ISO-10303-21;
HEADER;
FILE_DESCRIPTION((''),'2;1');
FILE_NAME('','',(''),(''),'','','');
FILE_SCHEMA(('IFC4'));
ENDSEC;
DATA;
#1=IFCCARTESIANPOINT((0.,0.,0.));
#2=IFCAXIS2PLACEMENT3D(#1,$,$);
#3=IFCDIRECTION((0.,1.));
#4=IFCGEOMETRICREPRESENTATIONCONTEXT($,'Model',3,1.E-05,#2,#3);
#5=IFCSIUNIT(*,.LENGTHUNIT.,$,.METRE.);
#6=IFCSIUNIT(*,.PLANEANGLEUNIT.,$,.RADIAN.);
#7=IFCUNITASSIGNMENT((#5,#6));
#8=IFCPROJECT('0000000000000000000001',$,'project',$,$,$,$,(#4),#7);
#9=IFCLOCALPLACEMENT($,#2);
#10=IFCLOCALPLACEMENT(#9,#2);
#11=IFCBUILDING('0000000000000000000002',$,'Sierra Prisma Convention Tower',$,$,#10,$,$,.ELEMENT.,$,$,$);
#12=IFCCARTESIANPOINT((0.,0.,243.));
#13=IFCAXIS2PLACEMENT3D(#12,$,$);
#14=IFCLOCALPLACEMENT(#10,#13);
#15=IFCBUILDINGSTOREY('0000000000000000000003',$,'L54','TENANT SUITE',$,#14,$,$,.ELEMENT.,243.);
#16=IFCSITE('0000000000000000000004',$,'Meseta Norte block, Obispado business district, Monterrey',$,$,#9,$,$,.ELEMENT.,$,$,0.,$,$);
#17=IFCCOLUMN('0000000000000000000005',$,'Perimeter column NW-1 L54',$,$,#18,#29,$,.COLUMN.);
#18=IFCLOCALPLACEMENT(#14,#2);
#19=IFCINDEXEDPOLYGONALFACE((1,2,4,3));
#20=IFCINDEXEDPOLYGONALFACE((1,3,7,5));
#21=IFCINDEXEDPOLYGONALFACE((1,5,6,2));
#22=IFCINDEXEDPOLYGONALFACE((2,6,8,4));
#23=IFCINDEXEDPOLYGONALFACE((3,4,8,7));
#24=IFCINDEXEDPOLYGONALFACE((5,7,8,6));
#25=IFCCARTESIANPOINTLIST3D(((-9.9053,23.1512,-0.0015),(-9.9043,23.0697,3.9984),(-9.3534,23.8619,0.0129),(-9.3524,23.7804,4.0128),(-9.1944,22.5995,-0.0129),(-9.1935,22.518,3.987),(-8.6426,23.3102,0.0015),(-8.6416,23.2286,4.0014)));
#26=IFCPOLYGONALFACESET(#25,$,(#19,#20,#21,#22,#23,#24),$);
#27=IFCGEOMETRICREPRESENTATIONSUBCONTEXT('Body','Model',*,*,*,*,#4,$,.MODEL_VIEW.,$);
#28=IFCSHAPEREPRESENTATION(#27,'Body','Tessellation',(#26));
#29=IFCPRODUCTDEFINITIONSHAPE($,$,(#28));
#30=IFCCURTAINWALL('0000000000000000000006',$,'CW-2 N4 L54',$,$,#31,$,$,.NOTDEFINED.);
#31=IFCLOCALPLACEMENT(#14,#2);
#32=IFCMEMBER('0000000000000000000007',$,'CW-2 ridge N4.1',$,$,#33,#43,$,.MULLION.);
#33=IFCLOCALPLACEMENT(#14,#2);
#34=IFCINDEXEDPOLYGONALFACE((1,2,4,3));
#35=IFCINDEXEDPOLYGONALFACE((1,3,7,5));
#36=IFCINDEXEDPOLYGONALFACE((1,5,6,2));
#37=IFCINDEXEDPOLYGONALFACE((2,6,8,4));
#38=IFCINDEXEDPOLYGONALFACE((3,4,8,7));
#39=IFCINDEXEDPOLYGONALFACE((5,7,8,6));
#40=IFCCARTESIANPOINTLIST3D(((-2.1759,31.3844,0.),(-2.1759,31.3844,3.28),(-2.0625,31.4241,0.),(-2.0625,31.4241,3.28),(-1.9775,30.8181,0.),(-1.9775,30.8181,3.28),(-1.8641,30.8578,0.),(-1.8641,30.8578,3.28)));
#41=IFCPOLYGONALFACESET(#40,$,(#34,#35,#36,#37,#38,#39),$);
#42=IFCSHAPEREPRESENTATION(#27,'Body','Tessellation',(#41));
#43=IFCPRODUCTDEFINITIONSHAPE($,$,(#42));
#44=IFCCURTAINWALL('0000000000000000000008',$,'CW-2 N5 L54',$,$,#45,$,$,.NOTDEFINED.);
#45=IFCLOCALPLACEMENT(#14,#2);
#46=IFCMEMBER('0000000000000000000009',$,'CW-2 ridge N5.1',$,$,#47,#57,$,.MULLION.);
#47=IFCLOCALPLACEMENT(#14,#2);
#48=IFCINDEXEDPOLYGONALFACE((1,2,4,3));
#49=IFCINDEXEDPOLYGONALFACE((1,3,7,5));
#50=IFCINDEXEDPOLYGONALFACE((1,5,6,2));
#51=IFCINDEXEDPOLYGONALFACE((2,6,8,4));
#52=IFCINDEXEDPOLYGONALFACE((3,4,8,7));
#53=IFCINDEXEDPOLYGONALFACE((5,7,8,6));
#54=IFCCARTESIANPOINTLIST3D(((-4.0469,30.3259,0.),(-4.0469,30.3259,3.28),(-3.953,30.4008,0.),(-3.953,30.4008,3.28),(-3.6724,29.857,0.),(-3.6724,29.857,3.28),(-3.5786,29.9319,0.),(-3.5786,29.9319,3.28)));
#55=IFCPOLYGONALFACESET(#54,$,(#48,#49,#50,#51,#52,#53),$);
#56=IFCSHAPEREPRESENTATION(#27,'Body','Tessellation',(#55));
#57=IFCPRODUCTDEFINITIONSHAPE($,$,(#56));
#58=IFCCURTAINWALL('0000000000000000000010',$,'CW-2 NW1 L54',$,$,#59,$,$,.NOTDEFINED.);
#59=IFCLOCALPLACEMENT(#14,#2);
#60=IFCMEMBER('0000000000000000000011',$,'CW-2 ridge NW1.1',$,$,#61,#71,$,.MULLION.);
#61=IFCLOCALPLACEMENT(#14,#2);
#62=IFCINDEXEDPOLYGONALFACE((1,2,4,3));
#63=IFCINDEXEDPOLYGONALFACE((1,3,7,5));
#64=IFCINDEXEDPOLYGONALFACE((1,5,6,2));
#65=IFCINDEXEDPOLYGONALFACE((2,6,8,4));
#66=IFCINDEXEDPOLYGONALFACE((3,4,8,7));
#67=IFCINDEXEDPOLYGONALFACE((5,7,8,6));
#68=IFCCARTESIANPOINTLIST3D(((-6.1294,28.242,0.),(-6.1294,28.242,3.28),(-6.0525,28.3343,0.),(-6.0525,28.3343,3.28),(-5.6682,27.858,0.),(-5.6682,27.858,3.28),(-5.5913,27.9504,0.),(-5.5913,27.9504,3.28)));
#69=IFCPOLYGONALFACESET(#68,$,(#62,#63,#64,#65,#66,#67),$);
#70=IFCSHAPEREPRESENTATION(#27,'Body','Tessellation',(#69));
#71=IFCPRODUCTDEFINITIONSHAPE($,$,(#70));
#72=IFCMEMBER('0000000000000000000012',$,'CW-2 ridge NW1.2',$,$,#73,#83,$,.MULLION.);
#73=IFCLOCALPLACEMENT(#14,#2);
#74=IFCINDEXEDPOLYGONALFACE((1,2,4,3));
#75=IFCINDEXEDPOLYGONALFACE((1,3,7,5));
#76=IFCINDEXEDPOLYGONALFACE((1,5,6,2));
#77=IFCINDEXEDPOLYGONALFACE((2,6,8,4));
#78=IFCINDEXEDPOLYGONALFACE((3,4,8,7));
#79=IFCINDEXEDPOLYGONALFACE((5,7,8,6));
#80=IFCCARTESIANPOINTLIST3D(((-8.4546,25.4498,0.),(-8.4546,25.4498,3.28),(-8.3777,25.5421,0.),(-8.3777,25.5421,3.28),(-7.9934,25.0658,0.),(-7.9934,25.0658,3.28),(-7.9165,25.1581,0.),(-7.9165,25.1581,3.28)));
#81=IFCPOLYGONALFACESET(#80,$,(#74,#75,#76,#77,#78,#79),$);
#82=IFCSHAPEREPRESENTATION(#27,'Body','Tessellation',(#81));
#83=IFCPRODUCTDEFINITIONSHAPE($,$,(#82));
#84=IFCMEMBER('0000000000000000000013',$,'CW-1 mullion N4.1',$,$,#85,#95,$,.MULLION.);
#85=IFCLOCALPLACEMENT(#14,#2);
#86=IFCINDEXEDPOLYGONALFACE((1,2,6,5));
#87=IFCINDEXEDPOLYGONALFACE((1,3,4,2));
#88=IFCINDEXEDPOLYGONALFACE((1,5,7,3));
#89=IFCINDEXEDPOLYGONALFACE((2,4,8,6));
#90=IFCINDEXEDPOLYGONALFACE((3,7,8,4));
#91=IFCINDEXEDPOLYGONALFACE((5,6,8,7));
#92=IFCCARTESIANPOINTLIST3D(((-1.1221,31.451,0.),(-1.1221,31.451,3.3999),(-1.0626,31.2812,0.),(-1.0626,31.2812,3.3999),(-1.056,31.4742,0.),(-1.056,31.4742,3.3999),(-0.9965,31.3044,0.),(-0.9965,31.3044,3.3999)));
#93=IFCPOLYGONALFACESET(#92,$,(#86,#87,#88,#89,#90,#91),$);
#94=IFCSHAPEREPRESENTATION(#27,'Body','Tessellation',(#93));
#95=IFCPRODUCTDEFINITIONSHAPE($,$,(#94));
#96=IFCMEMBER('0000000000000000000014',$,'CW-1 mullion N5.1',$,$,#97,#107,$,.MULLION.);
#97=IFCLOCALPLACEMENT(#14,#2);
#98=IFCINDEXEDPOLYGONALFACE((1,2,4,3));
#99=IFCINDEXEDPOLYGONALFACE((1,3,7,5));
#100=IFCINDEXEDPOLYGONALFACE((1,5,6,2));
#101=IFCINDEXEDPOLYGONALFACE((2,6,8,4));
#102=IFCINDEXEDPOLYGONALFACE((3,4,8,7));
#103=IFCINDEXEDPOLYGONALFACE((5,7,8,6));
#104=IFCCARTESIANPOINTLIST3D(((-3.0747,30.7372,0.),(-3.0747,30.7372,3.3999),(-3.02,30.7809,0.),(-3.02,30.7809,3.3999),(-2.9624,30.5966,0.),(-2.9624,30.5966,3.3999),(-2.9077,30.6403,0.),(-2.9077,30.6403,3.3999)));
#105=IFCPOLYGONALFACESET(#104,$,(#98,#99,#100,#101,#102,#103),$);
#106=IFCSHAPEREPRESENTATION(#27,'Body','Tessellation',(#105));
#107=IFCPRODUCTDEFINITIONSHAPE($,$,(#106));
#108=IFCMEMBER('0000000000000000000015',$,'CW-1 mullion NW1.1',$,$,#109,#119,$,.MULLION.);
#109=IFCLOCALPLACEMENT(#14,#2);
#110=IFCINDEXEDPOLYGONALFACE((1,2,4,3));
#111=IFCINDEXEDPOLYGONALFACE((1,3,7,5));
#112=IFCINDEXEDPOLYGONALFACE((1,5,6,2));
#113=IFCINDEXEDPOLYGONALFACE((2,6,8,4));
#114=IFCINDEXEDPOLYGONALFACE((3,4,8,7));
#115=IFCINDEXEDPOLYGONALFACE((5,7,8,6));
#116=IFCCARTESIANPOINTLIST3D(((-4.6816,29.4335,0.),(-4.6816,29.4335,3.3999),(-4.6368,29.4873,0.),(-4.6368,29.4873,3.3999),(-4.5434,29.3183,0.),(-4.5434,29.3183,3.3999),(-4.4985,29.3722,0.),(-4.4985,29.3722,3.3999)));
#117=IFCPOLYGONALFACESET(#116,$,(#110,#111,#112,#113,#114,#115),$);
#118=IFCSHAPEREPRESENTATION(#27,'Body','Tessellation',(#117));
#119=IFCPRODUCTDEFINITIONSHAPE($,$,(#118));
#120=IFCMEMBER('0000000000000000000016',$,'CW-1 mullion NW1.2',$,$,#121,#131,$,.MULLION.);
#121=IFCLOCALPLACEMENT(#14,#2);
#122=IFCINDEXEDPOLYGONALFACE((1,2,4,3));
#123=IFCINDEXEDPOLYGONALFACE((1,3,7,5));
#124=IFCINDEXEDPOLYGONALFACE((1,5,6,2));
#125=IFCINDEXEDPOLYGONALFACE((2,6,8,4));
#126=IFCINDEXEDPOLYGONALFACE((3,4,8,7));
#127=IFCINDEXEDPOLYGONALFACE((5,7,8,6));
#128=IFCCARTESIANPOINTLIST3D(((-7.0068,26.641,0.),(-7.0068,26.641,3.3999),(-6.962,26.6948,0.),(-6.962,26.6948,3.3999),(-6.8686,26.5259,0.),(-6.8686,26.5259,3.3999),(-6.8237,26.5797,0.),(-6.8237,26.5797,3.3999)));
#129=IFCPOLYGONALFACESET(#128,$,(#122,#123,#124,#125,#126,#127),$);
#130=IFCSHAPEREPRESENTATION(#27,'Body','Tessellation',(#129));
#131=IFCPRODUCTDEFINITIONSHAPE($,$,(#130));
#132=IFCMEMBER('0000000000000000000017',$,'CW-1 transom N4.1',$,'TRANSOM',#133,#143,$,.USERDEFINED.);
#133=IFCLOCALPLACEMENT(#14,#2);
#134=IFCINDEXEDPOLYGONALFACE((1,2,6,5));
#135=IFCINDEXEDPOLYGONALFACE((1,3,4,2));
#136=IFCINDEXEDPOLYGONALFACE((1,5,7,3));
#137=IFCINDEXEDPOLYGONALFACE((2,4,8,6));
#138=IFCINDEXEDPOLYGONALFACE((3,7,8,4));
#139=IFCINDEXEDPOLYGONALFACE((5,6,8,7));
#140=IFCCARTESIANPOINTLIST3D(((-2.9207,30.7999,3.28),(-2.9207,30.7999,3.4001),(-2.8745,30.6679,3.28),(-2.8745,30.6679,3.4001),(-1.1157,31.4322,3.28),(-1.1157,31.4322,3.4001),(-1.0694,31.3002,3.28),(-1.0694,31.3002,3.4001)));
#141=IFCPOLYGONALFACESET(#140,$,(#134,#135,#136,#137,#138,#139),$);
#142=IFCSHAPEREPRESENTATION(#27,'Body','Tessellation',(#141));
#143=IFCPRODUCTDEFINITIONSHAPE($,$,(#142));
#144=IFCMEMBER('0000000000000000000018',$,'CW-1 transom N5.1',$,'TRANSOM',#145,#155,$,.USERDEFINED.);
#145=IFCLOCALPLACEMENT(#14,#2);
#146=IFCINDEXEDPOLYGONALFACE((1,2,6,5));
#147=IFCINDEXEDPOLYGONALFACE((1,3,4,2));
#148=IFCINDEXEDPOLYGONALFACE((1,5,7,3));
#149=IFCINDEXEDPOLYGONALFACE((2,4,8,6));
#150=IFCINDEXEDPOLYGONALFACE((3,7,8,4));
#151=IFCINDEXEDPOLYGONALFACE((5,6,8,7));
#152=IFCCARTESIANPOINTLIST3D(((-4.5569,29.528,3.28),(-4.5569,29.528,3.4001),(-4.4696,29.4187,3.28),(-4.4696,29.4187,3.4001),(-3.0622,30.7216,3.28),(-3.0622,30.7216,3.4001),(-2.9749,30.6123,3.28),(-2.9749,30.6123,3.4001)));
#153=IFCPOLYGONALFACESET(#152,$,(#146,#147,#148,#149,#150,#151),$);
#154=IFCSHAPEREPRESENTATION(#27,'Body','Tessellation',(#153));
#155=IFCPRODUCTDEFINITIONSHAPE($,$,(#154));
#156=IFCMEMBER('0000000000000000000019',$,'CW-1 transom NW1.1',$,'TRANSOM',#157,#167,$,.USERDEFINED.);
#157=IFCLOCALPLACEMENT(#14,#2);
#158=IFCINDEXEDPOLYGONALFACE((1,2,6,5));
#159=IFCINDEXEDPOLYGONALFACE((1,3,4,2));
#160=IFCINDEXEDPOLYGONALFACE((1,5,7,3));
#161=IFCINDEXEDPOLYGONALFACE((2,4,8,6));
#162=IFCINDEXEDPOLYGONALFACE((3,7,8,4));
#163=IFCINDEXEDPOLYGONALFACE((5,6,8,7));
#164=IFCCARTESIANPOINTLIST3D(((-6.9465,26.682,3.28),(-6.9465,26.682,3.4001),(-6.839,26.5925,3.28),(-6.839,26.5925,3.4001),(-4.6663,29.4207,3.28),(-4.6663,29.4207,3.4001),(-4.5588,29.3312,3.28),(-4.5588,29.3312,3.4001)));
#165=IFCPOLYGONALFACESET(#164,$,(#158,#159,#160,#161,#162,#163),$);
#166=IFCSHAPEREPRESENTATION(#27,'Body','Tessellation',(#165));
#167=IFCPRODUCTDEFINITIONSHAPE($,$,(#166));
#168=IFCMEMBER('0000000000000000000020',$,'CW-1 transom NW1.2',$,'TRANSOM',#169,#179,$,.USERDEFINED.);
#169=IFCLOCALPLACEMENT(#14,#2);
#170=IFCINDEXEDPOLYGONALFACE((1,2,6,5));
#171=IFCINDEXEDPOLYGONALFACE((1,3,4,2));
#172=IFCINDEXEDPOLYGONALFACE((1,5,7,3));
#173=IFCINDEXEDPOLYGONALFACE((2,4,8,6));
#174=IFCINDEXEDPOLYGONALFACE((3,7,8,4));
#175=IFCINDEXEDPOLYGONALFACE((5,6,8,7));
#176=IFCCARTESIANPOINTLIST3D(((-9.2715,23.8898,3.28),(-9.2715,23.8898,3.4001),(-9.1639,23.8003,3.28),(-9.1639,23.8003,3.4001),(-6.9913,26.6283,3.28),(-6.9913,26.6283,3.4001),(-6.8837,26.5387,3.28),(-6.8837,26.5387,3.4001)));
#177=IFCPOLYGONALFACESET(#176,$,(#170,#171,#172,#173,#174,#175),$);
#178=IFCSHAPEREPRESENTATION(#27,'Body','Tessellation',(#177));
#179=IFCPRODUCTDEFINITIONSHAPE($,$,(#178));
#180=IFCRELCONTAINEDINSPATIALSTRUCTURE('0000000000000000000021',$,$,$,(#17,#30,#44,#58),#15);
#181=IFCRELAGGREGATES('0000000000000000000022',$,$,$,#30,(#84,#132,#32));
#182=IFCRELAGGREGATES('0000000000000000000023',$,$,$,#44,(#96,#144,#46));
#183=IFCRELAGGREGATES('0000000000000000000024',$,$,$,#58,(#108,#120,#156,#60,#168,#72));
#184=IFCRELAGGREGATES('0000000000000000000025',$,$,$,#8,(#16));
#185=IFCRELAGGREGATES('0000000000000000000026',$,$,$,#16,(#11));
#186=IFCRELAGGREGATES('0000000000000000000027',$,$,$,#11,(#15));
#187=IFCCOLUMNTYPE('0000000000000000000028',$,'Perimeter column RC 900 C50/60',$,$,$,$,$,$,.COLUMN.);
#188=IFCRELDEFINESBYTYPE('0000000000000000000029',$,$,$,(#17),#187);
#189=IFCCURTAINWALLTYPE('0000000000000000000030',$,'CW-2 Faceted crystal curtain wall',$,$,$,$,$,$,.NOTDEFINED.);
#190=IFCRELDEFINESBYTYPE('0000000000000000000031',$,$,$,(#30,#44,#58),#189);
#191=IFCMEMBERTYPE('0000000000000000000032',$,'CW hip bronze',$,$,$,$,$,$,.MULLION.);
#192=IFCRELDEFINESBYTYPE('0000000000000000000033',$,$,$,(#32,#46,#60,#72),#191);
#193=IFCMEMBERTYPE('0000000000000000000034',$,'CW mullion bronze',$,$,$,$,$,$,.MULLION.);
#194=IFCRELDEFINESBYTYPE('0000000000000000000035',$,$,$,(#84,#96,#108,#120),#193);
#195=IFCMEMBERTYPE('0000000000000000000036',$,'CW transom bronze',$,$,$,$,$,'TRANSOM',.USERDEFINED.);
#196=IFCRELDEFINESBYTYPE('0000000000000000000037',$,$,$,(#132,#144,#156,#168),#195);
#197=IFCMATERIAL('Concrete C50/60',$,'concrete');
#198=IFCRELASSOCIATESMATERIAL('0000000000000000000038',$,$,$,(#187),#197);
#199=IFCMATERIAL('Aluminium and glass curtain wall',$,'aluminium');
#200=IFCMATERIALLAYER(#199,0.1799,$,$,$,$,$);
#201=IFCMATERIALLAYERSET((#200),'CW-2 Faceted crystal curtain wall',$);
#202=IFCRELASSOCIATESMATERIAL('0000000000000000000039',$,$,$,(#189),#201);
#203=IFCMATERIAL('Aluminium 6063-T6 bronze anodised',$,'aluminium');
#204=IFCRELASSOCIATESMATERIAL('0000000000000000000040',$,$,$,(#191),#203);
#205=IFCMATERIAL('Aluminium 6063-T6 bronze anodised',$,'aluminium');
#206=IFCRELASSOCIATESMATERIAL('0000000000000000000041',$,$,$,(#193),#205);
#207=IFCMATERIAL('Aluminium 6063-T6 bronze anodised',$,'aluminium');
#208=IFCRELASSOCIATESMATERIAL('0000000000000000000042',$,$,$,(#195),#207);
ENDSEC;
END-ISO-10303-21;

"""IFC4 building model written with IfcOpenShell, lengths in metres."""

from ifc_helpers import new_model, si_unit, direction, frame, origin, origin_2d, place, context, subcontext, project, spatial, rectangle, extrude, material, layer, layer_set, material_profile, profile_set, type_object, element, aggregate, save


model = new_model("IFC4")

# Units and contexts
model_context = context("Model", 3, precision=1e-05, world=origin(), true_north=direction((0.0, 1.0)))
body_context = subcontext(model_context, "Body", "Model", "MODEL_VIEW")
ifc_project = project(units=[si_unit("LENGTHUNIT", "METRE"), si_unit("PLANEANGLEUNIT", "RADIAN")], contexts=[model_context])

# Site, building, storey
site_placement = place(None, origin())
site = spatial("IfcSite", under=ifc_project, at=site_placement, Name="Meseta Norte block, Obispado business district, Monterrey", CompositionType="ELEMENT", RefElevation=0.0)
building_placement = place(site_placement, origin())
building = spatial("IfcBuilding", under=site, at=building_placement, Name="Sierra Prisma Convention Tower", CompositionType="ELEMENT")
storey_placement = place(building_placement, frame((0.0, 0.0, 243.0)))
storey = spatial("IfcBuildingStorey", under=building, at=storey_placement, Name="L54", Description="TENANT SUITE", CompositionType="ELEMENT", Elevation=243.0)

# Column
ifc_material_1 = material(Name="Concrete C50/60", Category="concrete")
ifc_material_profile_1 = material_profile(ifc_material_1, rectangle(XDim=0.8999, YDim=0.8999, at=origin_2d()), Name="Perimeter column RC 900 C50/60")
ifc_profile_set_1 = profile_set([ifc_material_profile_1], Name="Concrete C50/60")
column_type = type_object("IfcColumnType", Name="Perimeter column RC 900 C50/60", PredefinedType="COLUMN", material=ifc_profile_set_1)
column_placement = place(storey_placement, frame((-9.2739, 23.2307, 0.0), z_axis=(0.000244, -0.020382, 0.999792), x_axis=(0.613253, 0.789725, 0.015949)))
element("IfcColumn", 1, at=column_placement, inside=storey, type_object=column_type, Name="Perimeter column NW-1 L54", PredefinedType="COLUMN", context=body_context, shape_type="SweptSolid", body=[
    extrude(rectangle(XDim=0.8999, YDim=0.8999, at=origin_2d()), origin(), (0.0, 0.0, 1.0), 4.0007),
])

# Curtain walls, members
ifc_material_2 = material(Name="Aluminium and glass curtain wall", Category="aluminium")
ifc_layer_1 = layer(ifc_material_2, 0.1799)
ifc_layer_set_1 = layer_set([ifc_layer_1], Name="CW-2 Faceted crystal curtain wall")
curtain_wall_type = type_object("IfcCurtainWallType", Name="CW-2 Faceted crystal curtain wall", PredefinedType="NOTDEFINED", material=ifc_layer_set_1)
curtain_wall_1_placement = place(storey_placement, origin())
curtain_wall_1 = element("IfcCurtainWall", 2, at=curtain_wall_1_placement, inside=storey, type_object=curtain_wall_type, Name="CW-2 N4 L54", PredefinedType="NOTDEFINED")
ifc_material_3 = material(Name="Aluminium 6063-T6 bronze anodised", Category="aluminium")
ifc_material_profile_2 = material_profile(ifc_material_3, rectangle(XDim=0.1201, YDim=0.6001, at=origin_2d()), Name="ALU RIDGE BLADE 120x600")
ifc_profile_set_2 = profile_set([ifc_material_profile_2], Name="Aluminium 6063-T6 bronze anodised")
member_type_1 = type_object("IfcMemberType", Name="CW hip bronze", PredefinedType="MULLION", material=ifc_profile_set_2)
member_1_placement = place(storey_placement, frame((-2.02, 31.1211, 0.0), z_axis=(0.0, 0.0, 1.0), x_axis=(-0.943773, -0.330596, 0.0)))
member_1 = element("IfcMember", 3, at=member_1_placement, type_object=member_type_1, Name="CW-2 ridge N4.1", PredefinedType="MULLION", context=body_context, shape_type="SweptSolid", body=[
    extrude(rectangle(XDim=0.1201, YDim=0.6001, at=origin_2d()), origin(), (0.0, 0.0, 1.0), 3.28),
])
curtain_wall_2_placement = place(storey_placement, origin())
curtain_wall_2 = element("IfcCurtainWall", 4, at=curtain_wall_2_placement, inside=storey, type_object=curtain_wall_type, Name="CW-2 N5 L54", PredefinedType="NOTDEFINED")
member_2_placement = place(storey_placement, frame((-3.8127, 30.1289, 0.0), z_axis=(0.0, 0.0, 1.0), x_axis=(-0.781413, -0.624014, 0.0)))
member_2 = element("IfcMember", 5, at=member_2_placement, type_object=member_type_1, Name="CW-2 ridge N5.1", PredefinedType="MULLION", context=body_context, shape_type="SweptSolid", body=[
    extrude(rectangle(XDim=0.1201, YDim=0.6001, at=origin_2d()), origin(), (0.0, 0.0, 1.0), 3.28),
])

# Curtain wall, members
curtain_wall_3_placement = place(storey_placement, origin())
curtain_wall_3 = element("IfcCurtainWall", 6, at=curtain_wall_3_placement, inside=storey, type_object=curtain_wall_type, Name="CW-2 NW1 L54", PredefinedType="NOTDEFINED")
member_3_placement = place(storey_placement, frame((-5.8604, 28.0962, 0.0), z_axis=(0.0, 0.0, 1.0), x_axis=(-0.63986, -0.768491, 0.0)))
member_3 = element("IfcMember", 7, at=member_3_placement, type_object=member_type_1, Name="CW-2 ridge NW1.1", PredefinedType="MULLION", context=body_context, shape_type="SweptSolid", body=[
    extrude(rectangle(XDim=0.1201, YDim=0.6001, at=origin_2d()), origin(), (0.0, 0.0, 1.0), 3.28),
])
member_4_placement = place(storey_placement, frame((-8.1855, 25.304, 0.0), z_axis=(0.0, 0.0, 1.0), x_axis=(-0.63986, -0.768491, 0.0)))
member_4 = element("IfcMember", 8, at=member_4_placement, type_object=member_type_1, Name="CW-2 ridge NW1.2", PredefinedType="MULLION", context=body_context, shape_type="SweptSolid", body=[
    extrude(rectangle(XDim=0.1201, YDim=0.6001, at=origin_2d()), origin(), (0.0, 0.0, 1.0), 3.28),
])

# Members
ifc_material_4 = material(Name="Aluminium 6063-T6 bronze anodised", Category="aluminium")
ifc_material_profile_3 = material_profile(ifc_material_4, rectangle(XDim=0.1799, YDim=0.0701, at=origin_2d()), Name="ALU MULLION 70x180")
ifc_profile_set_3 = profile_set([ifc_material_profile_3], Name="Aluminium 6063-T6 bronze anodised")
member_type_2 = type_object("IfcMemberType", Name="CW mullion bronze", PredefinedType="MULLION", material=ifc_profile_set_3)
member_5_placement = place(storey_placement, frame((-1.0593, 31.3777, 0.0), z_axis=(0.0, 0.0, 1.0), x_axis=(0.330596, -0.943773, 0.0)))
member_5 = element("IfcMember", 9, at=member_5_placement, type_object=member_type_2, Name="CW-1 mullion N4.1", PredefinedType="MULLION", context=body_context, shape_type="SweptSolid", body=[
    extrude(rectangle(XDim=0.1799, YDim=0.0701, at=origin_2d()), origin(), (0.0, 0.0, 1.0), 3.3999),
])
member_6_placement = place(storey_placement, frame((-2.9912, 30.6887, 0.0), z_axis=(0.0, 0.0, 1.0), x_axis=(0.624014, -0.781413, 0.0)))
member_6 = element("IfcMember", 10, at=member_6_placement, type_object=member_type_2, Name="CW-1 mullion N5.1", PredefinedType="MULLION", context=body_context, shape_type="SweptSolid", body=[
    extrude(rectangle(XDim=0.1799, YDim=0.0701, at=origin_2d()), origin(), (0.0, 0.0, 1.0), 3.3999),
])
member_7_placement = place(storey_placement, frame((-4.5901, 29.4028, 0.0), z_axis=(0.0, 0.0, 1.0), x_axis=(0.768491, -0.63986, 0.0)))
member_7 = element("IfcMember", 11, at=member_7_placement, type_object=member_type_2, Name="CW-1 mullion NW1.1", PredefinedType="MULLION", context=body_context, shape_type="SweptSolid", body=[
    extrude(rectangle(XDim=0.1799, YDim=0.0701, at=origin_2d()), origin(), (0.0, 0.0, 1.0), 3.3999),
])
member_8_placement = place(storey_placement, frame((-6.9153, 26.6104, 0.0), z_axis=(0.0, 0.0, 1.0), x_axis=(0.768491, -0.63986, 0.0)))
member_8 = element("IfcMember", 12, at=member_8_placement, type_object=member_type_2, Name="CW-1 mullion NW1.2", PredefinedType="MULLION", context=body_context, shape_type="SweptSolid", body=[
    extrude(rectangle(XDim=0.1799, YDim=0.0701, at=origin_2d()), origin(), (0.0, 0.0, 1.0), 3.3999),
])
ifc_material_5 = material(Name="Aluminium 6063-T6 bronze anodised", Category="aluminium")
ifc_material_profile_4 = material_profile(ifc_material_5, rectangle(XDim=0.1399, YDim=0.1201, at=origin_2d()), Name="ALU TRANSOM 120x140")
ifc_profile_set_4 = profile_set([ifc_material_profile_4], Name="Aluminium 6063-T6 bronze anodised")
member_type_3 = type_object("IfcMemberType", Name="CW transom bronze", ElementType="TRANSOM", PredefinedType="USERDEFINED", material=ifc_profile_set_4)
member_9_placement = place(storey_placement, frame((-1.0925, 31.3662, 3.3401), z_axis=(-0.943775, -0.330589, 0.0), x_axis=(0.330589, -0.943775, 0.0)))
member_9 = element("IfcMember", 13, at=member_9_placement, type_object=member_type_3, Name="CW-1 transom N4.1", ObjectType="TRANSOM", PredefinedType="USERDEFINED", context=body_context, shape_type="SweptSolid", body=[
    extrude(rectangle(XDim=0.1399, YDim=0.1201, at=origin_2d()), origin(), (0.0, 0.0, 1.0), 1.9126),
])
member_10_placement = place(storey_placement, frame((-3.0186, 30.667, 3.3401), z_axis=(-0.781404, -0.624025, 0.0), x_axis=(0.624025, -0.781404, 0.0)))
member_10 = element("IfcMember", 14, at=member_10_placement, type_object=member_type_3, Name="CW-1 transom N5.1", ObjectType="TRANSOM", PredefinedType="USERDEFINED", context=body_context, shape_type="SweptSolid", body=[
    extrude(rectangle(XDim=0.1399, YDim=0.1201, at=origin_2d()), origin(), (0.0, 0.0, 1.0), 1.9128),
])
member_11_placement = place(storey_placement, frame((-4.6125, 29.376, 3.3401), z_axis=(-0.639847, -0.768502, 0.0), x_axis=(0.768502, -0.639847, 0.0)))
member_11 = element("IfcMember", 15, at=member_11_placement, type_object=member_type_3, Name="CW-1 transom NW1.1", ObjectType="TRANSOM", PredefinedType="USERDEFINED", context=body_context, shape_type="SweptSolid", body=[
    extrude(rectangle(XDim=0.1399, YDim=0.1201, at=origin_2d()), origin(), (0.0, 0.0, 1.0), 3.5637),
])
member_12_placement = place(storey_placement, frame((-6.9375, 26.5835, 3.3401), z_axis=(-0.639881, -0.768474, 0.0), x_axis=(0.768474, -0.639881, 0.0)))
member_12 = element("IfcMember", 16, at=member_12_placement, type_object=member_type_3, Name="CW-1 transom NW1.2", ObjectType="TRANSOM", PredefinedType="USERDEFINED", context=body_context, shape_type="SweptSolid", body=[
    extrude(rectangle(XDim=0.1399, YDim=0.1201, at=origin_2d()), origin(), (0.0, 0.0, 1.0), 3.5635),
])

aggregate(curtain_wall_1, [member_5, member_9, member_1])
aggregate(curtain_wall_2, [member_6, member_10, member_2])
aggregate(curtain_wall_3, [member_7, member_8, member_11, member_3, member_12, member_4])

save(model, "model.ifc")
